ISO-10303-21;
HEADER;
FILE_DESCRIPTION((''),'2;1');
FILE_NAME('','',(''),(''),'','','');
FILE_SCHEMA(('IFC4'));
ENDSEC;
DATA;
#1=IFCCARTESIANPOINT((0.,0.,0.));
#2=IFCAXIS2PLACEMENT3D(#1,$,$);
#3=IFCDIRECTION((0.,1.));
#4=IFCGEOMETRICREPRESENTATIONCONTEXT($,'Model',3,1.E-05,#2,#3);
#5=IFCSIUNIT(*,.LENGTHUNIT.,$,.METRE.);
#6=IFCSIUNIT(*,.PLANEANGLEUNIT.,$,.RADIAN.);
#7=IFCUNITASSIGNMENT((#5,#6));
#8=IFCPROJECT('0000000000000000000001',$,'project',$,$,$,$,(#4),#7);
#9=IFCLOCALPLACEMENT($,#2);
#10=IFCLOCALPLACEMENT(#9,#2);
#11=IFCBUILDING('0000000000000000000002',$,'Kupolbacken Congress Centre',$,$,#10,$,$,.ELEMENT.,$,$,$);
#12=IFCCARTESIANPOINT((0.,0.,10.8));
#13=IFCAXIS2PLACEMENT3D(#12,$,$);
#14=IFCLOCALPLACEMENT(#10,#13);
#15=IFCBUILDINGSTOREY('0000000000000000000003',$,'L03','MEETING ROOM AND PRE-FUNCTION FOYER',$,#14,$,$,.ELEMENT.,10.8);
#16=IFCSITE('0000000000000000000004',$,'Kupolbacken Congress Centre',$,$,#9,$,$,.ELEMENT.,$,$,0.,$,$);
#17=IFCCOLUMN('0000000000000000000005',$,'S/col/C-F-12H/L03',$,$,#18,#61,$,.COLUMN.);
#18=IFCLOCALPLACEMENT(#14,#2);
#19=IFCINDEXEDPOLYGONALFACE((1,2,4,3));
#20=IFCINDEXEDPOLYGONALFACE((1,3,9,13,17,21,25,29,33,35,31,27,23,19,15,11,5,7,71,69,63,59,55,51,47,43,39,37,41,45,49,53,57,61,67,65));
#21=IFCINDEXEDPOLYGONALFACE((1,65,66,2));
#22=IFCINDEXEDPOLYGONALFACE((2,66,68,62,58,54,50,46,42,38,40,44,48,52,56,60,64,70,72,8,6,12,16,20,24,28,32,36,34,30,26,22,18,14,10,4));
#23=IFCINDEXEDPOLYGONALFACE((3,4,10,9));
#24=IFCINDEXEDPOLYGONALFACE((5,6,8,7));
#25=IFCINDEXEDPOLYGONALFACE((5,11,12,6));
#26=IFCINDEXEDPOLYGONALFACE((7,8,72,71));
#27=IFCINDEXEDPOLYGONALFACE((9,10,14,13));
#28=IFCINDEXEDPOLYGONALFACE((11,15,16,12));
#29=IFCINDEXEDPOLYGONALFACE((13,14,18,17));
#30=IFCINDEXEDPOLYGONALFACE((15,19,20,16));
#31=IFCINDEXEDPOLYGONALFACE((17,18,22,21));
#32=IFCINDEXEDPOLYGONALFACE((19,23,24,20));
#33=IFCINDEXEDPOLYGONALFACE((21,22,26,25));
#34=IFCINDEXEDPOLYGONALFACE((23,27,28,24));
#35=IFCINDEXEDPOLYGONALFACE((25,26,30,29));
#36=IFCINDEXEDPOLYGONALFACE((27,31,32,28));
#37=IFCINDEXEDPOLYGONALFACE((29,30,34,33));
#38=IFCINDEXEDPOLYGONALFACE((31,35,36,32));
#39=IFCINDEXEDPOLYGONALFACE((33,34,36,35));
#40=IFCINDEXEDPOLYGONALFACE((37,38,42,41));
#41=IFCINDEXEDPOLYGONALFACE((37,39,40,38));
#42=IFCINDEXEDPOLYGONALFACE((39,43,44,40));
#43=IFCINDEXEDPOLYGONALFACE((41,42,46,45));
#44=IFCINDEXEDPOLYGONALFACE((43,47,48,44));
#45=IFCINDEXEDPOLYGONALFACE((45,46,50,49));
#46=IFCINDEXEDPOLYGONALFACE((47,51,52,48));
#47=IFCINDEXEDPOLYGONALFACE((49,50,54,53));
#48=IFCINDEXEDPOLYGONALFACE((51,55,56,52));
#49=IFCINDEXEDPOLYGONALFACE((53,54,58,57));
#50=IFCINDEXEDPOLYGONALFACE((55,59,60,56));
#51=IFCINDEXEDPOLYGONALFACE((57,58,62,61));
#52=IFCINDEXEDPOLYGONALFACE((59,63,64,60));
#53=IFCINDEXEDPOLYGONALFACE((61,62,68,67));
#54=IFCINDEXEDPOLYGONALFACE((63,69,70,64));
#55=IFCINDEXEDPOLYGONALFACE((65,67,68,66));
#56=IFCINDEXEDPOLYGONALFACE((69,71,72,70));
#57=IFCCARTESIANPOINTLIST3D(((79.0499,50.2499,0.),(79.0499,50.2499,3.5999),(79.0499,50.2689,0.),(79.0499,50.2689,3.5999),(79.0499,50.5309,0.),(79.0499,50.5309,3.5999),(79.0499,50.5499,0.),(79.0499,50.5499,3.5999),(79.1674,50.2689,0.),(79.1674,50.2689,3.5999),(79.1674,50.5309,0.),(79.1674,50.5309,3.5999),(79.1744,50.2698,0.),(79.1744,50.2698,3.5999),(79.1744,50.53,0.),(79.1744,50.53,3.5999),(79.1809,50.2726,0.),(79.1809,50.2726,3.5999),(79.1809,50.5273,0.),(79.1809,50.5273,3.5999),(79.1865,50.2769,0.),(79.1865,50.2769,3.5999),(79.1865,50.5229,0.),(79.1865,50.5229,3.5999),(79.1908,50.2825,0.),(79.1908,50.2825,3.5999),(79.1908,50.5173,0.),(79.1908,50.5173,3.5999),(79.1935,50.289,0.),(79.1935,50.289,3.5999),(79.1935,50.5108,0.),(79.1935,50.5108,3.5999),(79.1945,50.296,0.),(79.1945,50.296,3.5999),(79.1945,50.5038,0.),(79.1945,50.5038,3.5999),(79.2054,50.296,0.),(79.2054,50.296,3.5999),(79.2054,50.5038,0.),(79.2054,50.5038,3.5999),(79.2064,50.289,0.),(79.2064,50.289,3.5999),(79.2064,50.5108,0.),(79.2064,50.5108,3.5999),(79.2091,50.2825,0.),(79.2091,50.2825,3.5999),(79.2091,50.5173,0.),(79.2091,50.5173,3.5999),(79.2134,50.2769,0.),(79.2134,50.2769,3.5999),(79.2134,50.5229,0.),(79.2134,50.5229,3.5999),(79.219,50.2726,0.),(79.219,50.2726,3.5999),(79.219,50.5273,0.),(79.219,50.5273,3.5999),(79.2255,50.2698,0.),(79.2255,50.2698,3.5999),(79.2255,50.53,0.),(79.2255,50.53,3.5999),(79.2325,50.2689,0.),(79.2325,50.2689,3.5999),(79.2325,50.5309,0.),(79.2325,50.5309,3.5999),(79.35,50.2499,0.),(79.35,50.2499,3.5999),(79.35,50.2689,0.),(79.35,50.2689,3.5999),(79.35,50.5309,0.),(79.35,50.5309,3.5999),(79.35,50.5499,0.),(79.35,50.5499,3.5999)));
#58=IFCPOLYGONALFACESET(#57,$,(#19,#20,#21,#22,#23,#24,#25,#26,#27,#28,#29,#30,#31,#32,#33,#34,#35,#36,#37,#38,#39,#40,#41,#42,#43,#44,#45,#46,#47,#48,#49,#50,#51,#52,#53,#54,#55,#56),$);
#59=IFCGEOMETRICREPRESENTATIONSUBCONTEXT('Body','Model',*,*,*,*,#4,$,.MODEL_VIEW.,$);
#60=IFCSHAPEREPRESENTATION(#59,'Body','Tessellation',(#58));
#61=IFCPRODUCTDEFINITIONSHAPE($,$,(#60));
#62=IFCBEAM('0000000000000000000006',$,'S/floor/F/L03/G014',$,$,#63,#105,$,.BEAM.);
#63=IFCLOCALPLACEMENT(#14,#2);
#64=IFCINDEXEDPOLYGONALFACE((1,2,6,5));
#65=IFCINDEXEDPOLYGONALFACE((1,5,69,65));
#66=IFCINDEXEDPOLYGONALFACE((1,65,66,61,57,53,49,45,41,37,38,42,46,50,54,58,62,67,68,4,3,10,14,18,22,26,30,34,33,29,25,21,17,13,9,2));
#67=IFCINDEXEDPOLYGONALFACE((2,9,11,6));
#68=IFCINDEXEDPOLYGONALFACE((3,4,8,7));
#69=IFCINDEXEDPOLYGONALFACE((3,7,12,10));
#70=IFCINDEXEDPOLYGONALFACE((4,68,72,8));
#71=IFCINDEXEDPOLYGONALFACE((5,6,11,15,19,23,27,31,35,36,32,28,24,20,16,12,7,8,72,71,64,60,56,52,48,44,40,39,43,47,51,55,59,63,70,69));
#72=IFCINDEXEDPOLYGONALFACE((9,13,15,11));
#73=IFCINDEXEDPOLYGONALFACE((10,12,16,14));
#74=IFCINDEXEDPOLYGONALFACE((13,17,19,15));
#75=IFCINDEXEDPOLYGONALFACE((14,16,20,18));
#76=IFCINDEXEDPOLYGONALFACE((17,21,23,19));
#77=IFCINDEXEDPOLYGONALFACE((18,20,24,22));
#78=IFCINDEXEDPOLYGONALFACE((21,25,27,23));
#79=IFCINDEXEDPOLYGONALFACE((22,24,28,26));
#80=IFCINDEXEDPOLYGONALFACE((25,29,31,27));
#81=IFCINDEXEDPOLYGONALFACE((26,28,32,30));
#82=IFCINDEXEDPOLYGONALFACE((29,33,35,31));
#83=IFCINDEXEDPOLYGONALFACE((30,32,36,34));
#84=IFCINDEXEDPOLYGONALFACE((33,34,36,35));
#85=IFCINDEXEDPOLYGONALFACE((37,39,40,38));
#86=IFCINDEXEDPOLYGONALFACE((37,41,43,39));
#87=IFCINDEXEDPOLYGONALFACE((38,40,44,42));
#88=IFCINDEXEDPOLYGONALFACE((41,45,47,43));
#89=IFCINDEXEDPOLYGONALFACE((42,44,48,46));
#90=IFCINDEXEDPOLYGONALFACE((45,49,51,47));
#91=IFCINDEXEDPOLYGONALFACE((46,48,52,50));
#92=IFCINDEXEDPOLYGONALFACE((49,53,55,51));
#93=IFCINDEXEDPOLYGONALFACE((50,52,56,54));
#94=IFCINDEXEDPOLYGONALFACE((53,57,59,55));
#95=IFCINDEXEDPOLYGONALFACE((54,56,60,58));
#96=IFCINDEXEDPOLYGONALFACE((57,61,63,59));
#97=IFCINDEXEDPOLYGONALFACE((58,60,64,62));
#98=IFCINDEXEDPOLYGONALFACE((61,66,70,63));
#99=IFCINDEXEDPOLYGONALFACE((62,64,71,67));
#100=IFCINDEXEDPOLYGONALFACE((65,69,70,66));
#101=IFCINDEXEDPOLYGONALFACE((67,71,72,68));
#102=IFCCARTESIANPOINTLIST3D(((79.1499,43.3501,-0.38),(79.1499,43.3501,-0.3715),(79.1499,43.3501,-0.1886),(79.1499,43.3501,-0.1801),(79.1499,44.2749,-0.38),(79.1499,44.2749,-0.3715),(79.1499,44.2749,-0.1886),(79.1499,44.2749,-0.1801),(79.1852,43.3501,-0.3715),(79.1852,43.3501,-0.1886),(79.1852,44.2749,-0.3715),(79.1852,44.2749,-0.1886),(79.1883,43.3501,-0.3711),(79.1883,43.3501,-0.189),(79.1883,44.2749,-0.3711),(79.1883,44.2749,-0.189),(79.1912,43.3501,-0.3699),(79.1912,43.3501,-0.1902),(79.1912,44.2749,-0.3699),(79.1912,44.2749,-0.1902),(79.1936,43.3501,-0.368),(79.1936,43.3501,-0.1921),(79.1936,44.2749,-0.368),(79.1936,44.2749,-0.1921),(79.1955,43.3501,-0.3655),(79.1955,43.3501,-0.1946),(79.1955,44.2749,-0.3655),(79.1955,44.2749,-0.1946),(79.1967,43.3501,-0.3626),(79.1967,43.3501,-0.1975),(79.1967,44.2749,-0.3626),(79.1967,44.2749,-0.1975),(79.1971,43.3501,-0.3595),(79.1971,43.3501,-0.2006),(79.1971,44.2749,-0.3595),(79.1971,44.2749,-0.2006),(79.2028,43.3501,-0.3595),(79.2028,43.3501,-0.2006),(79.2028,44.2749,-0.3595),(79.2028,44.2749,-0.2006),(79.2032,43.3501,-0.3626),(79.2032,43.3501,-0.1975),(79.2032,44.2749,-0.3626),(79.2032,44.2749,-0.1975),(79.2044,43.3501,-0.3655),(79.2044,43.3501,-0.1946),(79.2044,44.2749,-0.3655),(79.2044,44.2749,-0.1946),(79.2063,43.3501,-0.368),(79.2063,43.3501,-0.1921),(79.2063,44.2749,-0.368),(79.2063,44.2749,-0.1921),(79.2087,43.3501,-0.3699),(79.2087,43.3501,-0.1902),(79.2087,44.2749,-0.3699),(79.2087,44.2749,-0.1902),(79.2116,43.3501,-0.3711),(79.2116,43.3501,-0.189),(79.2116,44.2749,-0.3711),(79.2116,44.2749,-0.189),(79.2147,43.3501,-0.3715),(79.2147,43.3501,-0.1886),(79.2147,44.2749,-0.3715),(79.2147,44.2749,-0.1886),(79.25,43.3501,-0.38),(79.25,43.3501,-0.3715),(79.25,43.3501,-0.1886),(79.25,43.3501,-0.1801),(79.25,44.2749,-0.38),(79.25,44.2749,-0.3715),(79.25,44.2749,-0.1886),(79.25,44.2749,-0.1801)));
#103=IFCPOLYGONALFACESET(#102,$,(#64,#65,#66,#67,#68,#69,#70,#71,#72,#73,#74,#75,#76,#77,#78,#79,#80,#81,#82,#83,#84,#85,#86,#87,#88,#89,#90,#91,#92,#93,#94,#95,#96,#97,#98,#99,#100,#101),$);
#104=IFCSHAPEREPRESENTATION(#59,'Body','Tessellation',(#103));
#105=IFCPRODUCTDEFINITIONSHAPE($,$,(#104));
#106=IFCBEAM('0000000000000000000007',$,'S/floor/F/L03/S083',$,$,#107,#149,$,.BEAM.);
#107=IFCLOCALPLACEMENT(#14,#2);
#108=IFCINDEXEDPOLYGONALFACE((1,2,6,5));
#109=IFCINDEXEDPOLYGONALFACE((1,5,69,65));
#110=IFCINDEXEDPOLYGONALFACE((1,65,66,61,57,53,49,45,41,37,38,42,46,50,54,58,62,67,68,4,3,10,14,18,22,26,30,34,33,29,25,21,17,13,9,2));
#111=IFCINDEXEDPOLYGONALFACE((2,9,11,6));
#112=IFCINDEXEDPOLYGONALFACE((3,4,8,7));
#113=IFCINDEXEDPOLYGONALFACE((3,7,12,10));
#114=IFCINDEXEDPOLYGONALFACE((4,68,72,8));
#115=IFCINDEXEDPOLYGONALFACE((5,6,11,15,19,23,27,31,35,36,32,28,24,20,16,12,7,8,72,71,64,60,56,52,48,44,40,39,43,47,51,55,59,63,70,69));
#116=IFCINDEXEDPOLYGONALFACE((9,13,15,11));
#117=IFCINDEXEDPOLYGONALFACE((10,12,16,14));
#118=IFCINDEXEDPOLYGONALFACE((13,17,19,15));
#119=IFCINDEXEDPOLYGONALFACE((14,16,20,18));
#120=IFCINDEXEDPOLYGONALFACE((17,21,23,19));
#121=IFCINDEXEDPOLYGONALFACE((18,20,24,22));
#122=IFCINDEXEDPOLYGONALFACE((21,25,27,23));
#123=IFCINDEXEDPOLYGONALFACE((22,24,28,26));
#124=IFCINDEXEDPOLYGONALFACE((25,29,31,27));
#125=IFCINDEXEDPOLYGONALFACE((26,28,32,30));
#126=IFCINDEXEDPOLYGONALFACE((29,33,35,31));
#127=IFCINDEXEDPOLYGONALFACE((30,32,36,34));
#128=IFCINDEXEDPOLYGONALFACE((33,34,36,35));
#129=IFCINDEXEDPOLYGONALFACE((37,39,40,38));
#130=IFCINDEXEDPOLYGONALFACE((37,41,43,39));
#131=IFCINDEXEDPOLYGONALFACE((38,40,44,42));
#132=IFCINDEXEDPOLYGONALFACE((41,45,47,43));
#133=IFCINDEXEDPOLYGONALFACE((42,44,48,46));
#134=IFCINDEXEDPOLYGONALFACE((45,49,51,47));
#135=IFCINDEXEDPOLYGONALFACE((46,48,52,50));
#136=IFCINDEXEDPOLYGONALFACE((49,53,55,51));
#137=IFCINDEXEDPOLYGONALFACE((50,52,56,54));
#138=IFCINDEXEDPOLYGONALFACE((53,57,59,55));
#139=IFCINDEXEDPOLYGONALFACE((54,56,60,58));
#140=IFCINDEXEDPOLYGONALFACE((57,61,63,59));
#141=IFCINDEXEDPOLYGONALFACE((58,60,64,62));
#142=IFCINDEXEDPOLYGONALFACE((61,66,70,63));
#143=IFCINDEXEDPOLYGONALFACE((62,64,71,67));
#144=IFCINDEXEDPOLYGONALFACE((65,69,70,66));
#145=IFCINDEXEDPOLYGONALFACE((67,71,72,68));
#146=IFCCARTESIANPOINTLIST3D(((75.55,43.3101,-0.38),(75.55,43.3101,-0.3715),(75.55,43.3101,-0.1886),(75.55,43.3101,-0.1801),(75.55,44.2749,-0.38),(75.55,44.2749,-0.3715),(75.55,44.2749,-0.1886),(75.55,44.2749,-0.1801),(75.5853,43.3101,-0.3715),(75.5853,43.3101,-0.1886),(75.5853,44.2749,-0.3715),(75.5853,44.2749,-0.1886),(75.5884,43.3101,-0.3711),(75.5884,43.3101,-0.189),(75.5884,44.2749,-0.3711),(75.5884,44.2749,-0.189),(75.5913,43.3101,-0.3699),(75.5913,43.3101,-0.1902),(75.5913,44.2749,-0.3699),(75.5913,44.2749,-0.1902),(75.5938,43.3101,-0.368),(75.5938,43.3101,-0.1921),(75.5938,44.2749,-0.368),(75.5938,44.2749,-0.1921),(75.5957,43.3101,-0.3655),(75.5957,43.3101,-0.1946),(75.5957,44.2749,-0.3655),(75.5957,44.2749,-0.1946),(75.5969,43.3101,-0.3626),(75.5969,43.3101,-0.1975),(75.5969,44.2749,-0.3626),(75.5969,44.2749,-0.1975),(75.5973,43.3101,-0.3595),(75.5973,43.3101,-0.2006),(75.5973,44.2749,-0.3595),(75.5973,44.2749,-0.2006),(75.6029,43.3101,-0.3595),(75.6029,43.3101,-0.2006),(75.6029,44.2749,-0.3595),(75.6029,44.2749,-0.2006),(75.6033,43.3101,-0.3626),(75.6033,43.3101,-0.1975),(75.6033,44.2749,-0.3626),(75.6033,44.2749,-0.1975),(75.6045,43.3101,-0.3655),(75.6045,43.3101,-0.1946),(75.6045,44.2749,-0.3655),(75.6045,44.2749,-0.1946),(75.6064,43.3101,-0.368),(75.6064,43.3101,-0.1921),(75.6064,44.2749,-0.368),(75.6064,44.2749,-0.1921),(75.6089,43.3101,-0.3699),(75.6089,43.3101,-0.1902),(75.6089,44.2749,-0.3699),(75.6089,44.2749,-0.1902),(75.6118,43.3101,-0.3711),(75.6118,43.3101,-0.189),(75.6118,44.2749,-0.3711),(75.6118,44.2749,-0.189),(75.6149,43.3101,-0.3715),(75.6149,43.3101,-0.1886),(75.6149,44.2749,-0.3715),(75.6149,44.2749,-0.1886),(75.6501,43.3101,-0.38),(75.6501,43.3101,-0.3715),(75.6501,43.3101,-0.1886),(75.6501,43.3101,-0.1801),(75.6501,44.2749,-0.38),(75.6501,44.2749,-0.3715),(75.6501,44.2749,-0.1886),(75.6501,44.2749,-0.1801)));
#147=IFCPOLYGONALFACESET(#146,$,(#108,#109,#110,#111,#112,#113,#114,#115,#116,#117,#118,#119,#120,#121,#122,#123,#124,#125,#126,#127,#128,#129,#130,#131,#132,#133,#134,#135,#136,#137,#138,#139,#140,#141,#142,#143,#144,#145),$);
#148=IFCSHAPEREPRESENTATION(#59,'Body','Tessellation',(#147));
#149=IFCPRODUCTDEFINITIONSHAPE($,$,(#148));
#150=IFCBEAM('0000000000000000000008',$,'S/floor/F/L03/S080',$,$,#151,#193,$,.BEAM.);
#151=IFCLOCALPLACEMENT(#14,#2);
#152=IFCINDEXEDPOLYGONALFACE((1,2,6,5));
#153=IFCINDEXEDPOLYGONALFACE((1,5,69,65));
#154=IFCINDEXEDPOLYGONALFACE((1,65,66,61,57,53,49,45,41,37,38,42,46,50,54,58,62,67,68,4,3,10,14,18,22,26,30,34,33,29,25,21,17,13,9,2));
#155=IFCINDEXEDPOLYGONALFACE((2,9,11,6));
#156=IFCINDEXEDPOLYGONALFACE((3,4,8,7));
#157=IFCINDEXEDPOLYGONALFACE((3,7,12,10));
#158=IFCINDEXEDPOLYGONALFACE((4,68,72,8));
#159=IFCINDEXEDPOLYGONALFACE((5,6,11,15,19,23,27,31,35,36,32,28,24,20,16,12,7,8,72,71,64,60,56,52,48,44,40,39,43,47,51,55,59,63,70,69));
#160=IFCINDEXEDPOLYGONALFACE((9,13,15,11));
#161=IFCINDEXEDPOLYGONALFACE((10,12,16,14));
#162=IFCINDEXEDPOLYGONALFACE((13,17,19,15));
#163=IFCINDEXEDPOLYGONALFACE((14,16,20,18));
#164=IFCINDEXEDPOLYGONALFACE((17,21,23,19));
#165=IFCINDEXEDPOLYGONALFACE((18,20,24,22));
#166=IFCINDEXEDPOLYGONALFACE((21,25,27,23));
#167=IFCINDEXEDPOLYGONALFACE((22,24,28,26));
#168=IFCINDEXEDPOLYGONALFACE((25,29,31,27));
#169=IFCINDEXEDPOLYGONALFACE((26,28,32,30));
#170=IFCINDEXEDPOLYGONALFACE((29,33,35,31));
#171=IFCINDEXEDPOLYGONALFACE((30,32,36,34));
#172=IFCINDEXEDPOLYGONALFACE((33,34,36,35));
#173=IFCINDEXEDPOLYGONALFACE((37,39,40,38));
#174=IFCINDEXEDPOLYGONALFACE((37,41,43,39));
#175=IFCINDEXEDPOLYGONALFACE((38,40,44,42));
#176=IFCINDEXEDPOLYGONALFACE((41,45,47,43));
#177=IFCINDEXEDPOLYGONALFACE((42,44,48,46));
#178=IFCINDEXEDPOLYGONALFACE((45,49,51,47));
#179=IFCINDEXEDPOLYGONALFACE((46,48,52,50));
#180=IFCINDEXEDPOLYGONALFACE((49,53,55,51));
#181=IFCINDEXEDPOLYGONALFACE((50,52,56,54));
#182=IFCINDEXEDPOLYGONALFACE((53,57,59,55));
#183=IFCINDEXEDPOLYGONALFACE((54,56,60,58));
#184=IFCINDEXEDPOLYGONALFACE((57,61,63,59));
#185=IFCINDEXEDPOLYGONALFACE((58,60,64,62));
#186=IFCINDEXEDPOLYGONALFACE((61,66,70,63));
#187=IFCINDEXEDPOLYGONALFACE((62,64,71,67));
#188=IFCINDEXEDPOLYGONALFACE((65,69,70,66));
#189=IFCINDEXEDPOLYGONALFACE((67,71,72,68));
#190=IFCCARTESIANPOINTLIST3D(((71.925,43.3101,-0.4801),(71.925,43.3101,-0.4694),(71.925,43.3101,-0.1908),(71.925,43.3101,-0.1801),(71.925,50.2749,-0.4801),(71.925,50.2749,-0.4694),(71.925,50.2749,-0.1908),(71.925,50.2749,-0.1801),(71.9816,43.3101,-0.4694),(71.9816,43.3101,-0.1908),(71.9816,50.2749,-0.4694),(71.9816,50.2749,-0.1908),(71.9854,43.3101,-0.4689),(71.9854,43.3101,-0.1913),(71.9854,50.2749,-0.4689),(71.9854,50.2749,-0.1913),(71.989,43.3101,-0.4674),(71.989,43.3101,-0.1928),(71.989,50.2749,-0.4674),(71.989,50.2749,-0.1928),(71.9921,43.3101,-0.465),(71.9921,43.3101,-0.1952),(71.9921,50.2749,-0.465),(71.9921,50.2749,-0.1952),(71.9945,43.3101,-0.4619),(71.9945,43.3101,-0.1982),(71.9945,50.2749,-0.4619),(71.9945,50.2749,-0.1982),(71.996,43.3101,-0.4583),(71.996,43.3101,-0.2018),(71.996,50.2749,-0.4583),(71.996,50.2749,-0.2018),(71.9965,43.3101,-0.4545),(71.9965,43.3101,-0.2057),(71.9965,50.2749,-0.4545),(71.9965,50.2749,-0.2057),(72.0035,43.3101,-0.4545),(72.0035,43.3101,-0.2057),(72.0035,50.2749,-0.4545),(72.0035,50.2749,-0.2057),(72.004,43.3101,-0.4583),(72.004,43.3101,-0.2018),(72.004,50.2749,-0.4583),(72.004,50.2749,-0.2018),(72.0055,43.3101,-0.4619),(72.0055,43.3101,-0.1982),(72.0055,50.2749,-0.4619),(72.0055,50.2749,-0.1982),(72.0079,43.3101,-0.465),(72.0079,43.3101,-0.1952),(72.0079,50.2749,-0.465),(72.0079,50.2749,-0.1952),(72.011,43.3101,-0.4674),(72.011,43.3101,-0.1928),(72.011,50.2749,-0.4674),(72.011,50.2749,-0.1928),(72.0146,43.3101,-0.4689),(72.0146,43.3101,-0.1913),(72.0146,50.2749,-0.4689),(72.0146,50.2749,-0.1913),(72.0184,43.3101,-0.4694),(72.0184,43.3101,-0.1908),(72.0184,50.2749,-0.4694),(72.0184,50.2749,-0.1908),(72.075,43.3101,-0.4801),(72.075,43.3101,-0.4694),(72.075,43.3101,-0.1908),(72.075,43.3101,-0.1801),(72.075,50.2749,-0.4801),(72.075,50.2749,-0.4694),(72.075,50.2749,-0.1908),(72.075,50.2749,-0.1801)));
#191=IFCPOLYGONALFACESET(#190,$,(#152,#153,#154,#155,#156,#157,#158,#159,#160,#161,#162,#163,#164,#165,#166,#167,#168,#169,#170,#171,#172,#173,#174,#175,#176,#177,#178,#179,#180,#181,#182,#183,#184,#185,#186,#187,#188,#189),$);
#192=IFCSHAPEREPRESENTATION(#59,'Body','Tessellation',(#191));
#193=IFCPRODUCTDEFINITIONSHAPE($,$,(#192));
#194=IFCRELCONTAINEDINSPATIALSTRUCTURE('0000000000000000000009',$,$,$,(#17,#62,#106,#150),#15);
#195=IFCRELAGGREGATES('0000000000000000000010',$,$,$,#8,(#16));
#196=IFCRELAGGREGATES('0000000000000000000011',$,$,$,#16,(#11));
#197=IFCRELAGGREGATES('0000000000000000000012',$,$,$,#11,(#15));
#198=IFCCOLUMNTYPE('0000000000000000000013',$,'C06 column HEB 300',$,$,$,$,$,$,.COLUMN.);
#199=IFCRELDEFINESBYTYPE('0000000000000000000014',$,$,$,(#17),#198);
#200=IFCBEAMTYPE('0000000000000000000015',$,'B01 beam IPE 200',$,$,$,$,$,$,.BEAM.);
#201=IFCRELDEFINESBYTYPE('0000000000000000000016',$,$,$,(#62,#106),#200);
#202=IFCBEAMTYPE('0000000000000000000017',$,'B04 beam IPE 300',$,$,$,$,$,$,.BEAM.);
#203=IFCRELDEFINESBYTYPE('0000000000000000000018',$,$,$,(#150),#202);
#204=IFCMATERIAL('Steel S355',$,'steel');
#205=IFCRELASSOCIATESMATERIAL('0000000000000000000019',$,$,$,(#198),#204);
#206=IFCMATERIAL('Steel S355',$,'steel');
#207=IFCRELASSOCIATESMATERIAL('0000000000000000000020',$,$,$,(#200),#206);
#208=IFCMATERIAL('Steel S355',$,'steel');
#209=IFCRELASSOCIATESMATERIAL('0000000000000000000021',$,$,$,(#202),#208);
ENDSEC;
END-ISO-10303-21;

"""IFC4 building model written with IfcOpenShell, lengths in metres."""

from ifc_helpers import new_model, si_unit, direction, frame, origin, origin_2d, place, context, subcontext, project, spatial, i_section, extrude, material, material_profile, profile_set, type_object, element, save


model = new_model("IFC4")

# Units and contexts
model_context = context("Model", 3, precision=1e-05, world=origin(), true_north=direction((0.0, 1.0)))
body_context = subcontext(model_context, "Body", "Model", "MODEL_VIEW")
ifc_project = project(units=[si_unit("LENGTHUNIT", "METRE"), si_unit("PLANEANGLEUNIT", "RADIAN")], contexts=[model_context])

# Site, building, storey
site_placement = place(None, origin())
site = spatial("IfcSite", under=ifc_project, at=site_placement, Name="Kupolbacken Congress Centre", CompositionType="ELEMENT", RefElevation=0.0)
building_placement = place(site_placement, origin())
building = spatial("IfcBuilding", under=site, at=building_placement, Name="Kupolbacken Congress Centre", CompositionType="ELEMENT")
storey_placement = place(building_placement, frame((0.0, 0.0, 10.8)))
storey = spatial("IfcBuildingStorey", under=building, at=storey_placement, Name="L03", Description="MEETING ROOM AND PRE-FUNCTION FOYER", CompositionType="ELEMENT", Elevation=10.8)

# Column
ifc_material_1 = material(Name="Steel S355", Category="steel")
ifc_material_profile_1 = material_profile(ifc_material_1, i_section(OverallWidth=0.3, OverallDepth=0.3, WebThickness=0.011, FlangeThickness=0.019, FilletRadius=0.0271, at=origin_2d()), Name="HEB 300")
ifc_profile_set_1 = profile_set([ifc_material_profile_1], Name="Steel S355")
column_type = type_object("IfcColumnType", Name="C06 column HEB 300", PredefinedType="COLUMN", material=ifc_profile_set_1)
column_placement = place(storey_placement, frame((79.2, 50.3999, 0.0), z_axis=(0.0, 0.0, 1.0), x_axis=(1.0, 0.0, 0.0)))
element("IfcColumn", 1, at=column_placement, inside=storey, type_object=column_type, Name="S/col/C-F-12H/L03", PredefinedType="COLUMN", context=body_context, shape_type="SweptSolid", body=[
    extrude(i_section(OverallWidth=0.3, OverallDepth=0.3, WebThickness=0.011, FlangeThickness=0.019, FilletRadius=0.0271, at=origin_2d()), origin(), (0.0, 0.0, 1.0), 3.5999),
])

# Beams
ifc_material_2 = material(Name="Steel S355", Category="steel")
ifc_material_profile_2 = material_profile(ifc_material_2, i_section(OverallWidth=0.1001, OverallDepth=0.2, WebThickness=0.0056, FlangeThickness=0.0085, FilletRadius=0.012, at=origin_2d()), Name="IPE 200")
ifc_profile_set_2 = profile_set([ifc_material_profile_2], Name="Steel S355")
beam_type_1 = type_object("IfcBeamType", Name="B01 beam IPE 200", PredefinedType="BEAM", material=ifc_profile_set_2)
beam_1_placement = place(storey_placement, frame((79.2, 43.3501, -0.28), z_axis=(0.0, 1.0, 0.0), x_axis=(-1.0, 0.0, 0.0)))
element("IfcBeam", 2, at=beam_1_placement, inside=storey, type_object=beam_type_1, Name="S/floor/F/L03/G014", PredefinedType="BEAM", context=body_context, shape_type="SweptSolid", body=[
    extrude(i_section(OverallWidth=0.1001, OverallDepth=0.2, WebThickness=0.0056, FlangeThickness=0.0085, FilletRadius=0.012, at=origin_2d()), origin(), (0.0, 0.0, 1.0), 0.9248),
])
beam_2_placement = place(storey_placement, frame((75.6001, 43.3101, -0.28), z_axis=(0.0, 1.0, 0.0), x_axis=(-1.0, 0.0, 0.0)))
element("IfcBeam", 3, at=beam_2_placement, inside=storey, type_object=beam_type_1, Name="S/floor/F/L03/S083", PredefinedType="BEAM", context=body_context, shape_type="SweptSolid", body=[
    extrude(i_section(OverallWidth=0.1001, OverallDepth=0.2, WebThickness=0.0056, FlangeThickness=0.0085, FilletRadius=0.012, at=origin_2d()), origin(), (0.0, 0.0, 1.0), 0.9648),
])
ifc_material_3 = material(Name="Steel S355", Category="steel")
ifc_material_profile_3 = material_profile(ifc_material_3, i_section(OverallWidth=0.1499, OverallDepth=0.3, WebThickness=0.0071, FlangeThickness=0.0107, FilletRadius=0.0149, at=origin_2d()), Name="IPE 300")
ifc_profile_set_3 = profile_set([ifc_material_profile_3], Name="Steel S355")
beam_type_2 = type_object("IfcBeamType", Name="B04 beam IPE 300", PredefinedType="BEAM", material=ifc_profile_set_3)
beam_3_placement = place(storey_placement, frame((72.0, 43.3101, -0.3301), z_axis=(0.0, 1.0, 0.0), x_axis=(-1.0, 0.0, 0.0)))
element("IfcBeam", 4, at=beam_3_placement, inside=storey, type_object=beam_type_2, Name="S/floor/F/L03/S080", PredefinedType="BEAM", context=body_context, shape_type="SweptSolid", body=[
    extrude(i_section(OverallWidth=0.1499, OverallDepth=0.3, WebThickness=0.0071, FlangeThickness=0.0107, FilletRadius=0.0149, at=origin_2d()), origin(), (0.0, 0.0, 1.0), 6.9648),
])

save(model, "model.ifc")
